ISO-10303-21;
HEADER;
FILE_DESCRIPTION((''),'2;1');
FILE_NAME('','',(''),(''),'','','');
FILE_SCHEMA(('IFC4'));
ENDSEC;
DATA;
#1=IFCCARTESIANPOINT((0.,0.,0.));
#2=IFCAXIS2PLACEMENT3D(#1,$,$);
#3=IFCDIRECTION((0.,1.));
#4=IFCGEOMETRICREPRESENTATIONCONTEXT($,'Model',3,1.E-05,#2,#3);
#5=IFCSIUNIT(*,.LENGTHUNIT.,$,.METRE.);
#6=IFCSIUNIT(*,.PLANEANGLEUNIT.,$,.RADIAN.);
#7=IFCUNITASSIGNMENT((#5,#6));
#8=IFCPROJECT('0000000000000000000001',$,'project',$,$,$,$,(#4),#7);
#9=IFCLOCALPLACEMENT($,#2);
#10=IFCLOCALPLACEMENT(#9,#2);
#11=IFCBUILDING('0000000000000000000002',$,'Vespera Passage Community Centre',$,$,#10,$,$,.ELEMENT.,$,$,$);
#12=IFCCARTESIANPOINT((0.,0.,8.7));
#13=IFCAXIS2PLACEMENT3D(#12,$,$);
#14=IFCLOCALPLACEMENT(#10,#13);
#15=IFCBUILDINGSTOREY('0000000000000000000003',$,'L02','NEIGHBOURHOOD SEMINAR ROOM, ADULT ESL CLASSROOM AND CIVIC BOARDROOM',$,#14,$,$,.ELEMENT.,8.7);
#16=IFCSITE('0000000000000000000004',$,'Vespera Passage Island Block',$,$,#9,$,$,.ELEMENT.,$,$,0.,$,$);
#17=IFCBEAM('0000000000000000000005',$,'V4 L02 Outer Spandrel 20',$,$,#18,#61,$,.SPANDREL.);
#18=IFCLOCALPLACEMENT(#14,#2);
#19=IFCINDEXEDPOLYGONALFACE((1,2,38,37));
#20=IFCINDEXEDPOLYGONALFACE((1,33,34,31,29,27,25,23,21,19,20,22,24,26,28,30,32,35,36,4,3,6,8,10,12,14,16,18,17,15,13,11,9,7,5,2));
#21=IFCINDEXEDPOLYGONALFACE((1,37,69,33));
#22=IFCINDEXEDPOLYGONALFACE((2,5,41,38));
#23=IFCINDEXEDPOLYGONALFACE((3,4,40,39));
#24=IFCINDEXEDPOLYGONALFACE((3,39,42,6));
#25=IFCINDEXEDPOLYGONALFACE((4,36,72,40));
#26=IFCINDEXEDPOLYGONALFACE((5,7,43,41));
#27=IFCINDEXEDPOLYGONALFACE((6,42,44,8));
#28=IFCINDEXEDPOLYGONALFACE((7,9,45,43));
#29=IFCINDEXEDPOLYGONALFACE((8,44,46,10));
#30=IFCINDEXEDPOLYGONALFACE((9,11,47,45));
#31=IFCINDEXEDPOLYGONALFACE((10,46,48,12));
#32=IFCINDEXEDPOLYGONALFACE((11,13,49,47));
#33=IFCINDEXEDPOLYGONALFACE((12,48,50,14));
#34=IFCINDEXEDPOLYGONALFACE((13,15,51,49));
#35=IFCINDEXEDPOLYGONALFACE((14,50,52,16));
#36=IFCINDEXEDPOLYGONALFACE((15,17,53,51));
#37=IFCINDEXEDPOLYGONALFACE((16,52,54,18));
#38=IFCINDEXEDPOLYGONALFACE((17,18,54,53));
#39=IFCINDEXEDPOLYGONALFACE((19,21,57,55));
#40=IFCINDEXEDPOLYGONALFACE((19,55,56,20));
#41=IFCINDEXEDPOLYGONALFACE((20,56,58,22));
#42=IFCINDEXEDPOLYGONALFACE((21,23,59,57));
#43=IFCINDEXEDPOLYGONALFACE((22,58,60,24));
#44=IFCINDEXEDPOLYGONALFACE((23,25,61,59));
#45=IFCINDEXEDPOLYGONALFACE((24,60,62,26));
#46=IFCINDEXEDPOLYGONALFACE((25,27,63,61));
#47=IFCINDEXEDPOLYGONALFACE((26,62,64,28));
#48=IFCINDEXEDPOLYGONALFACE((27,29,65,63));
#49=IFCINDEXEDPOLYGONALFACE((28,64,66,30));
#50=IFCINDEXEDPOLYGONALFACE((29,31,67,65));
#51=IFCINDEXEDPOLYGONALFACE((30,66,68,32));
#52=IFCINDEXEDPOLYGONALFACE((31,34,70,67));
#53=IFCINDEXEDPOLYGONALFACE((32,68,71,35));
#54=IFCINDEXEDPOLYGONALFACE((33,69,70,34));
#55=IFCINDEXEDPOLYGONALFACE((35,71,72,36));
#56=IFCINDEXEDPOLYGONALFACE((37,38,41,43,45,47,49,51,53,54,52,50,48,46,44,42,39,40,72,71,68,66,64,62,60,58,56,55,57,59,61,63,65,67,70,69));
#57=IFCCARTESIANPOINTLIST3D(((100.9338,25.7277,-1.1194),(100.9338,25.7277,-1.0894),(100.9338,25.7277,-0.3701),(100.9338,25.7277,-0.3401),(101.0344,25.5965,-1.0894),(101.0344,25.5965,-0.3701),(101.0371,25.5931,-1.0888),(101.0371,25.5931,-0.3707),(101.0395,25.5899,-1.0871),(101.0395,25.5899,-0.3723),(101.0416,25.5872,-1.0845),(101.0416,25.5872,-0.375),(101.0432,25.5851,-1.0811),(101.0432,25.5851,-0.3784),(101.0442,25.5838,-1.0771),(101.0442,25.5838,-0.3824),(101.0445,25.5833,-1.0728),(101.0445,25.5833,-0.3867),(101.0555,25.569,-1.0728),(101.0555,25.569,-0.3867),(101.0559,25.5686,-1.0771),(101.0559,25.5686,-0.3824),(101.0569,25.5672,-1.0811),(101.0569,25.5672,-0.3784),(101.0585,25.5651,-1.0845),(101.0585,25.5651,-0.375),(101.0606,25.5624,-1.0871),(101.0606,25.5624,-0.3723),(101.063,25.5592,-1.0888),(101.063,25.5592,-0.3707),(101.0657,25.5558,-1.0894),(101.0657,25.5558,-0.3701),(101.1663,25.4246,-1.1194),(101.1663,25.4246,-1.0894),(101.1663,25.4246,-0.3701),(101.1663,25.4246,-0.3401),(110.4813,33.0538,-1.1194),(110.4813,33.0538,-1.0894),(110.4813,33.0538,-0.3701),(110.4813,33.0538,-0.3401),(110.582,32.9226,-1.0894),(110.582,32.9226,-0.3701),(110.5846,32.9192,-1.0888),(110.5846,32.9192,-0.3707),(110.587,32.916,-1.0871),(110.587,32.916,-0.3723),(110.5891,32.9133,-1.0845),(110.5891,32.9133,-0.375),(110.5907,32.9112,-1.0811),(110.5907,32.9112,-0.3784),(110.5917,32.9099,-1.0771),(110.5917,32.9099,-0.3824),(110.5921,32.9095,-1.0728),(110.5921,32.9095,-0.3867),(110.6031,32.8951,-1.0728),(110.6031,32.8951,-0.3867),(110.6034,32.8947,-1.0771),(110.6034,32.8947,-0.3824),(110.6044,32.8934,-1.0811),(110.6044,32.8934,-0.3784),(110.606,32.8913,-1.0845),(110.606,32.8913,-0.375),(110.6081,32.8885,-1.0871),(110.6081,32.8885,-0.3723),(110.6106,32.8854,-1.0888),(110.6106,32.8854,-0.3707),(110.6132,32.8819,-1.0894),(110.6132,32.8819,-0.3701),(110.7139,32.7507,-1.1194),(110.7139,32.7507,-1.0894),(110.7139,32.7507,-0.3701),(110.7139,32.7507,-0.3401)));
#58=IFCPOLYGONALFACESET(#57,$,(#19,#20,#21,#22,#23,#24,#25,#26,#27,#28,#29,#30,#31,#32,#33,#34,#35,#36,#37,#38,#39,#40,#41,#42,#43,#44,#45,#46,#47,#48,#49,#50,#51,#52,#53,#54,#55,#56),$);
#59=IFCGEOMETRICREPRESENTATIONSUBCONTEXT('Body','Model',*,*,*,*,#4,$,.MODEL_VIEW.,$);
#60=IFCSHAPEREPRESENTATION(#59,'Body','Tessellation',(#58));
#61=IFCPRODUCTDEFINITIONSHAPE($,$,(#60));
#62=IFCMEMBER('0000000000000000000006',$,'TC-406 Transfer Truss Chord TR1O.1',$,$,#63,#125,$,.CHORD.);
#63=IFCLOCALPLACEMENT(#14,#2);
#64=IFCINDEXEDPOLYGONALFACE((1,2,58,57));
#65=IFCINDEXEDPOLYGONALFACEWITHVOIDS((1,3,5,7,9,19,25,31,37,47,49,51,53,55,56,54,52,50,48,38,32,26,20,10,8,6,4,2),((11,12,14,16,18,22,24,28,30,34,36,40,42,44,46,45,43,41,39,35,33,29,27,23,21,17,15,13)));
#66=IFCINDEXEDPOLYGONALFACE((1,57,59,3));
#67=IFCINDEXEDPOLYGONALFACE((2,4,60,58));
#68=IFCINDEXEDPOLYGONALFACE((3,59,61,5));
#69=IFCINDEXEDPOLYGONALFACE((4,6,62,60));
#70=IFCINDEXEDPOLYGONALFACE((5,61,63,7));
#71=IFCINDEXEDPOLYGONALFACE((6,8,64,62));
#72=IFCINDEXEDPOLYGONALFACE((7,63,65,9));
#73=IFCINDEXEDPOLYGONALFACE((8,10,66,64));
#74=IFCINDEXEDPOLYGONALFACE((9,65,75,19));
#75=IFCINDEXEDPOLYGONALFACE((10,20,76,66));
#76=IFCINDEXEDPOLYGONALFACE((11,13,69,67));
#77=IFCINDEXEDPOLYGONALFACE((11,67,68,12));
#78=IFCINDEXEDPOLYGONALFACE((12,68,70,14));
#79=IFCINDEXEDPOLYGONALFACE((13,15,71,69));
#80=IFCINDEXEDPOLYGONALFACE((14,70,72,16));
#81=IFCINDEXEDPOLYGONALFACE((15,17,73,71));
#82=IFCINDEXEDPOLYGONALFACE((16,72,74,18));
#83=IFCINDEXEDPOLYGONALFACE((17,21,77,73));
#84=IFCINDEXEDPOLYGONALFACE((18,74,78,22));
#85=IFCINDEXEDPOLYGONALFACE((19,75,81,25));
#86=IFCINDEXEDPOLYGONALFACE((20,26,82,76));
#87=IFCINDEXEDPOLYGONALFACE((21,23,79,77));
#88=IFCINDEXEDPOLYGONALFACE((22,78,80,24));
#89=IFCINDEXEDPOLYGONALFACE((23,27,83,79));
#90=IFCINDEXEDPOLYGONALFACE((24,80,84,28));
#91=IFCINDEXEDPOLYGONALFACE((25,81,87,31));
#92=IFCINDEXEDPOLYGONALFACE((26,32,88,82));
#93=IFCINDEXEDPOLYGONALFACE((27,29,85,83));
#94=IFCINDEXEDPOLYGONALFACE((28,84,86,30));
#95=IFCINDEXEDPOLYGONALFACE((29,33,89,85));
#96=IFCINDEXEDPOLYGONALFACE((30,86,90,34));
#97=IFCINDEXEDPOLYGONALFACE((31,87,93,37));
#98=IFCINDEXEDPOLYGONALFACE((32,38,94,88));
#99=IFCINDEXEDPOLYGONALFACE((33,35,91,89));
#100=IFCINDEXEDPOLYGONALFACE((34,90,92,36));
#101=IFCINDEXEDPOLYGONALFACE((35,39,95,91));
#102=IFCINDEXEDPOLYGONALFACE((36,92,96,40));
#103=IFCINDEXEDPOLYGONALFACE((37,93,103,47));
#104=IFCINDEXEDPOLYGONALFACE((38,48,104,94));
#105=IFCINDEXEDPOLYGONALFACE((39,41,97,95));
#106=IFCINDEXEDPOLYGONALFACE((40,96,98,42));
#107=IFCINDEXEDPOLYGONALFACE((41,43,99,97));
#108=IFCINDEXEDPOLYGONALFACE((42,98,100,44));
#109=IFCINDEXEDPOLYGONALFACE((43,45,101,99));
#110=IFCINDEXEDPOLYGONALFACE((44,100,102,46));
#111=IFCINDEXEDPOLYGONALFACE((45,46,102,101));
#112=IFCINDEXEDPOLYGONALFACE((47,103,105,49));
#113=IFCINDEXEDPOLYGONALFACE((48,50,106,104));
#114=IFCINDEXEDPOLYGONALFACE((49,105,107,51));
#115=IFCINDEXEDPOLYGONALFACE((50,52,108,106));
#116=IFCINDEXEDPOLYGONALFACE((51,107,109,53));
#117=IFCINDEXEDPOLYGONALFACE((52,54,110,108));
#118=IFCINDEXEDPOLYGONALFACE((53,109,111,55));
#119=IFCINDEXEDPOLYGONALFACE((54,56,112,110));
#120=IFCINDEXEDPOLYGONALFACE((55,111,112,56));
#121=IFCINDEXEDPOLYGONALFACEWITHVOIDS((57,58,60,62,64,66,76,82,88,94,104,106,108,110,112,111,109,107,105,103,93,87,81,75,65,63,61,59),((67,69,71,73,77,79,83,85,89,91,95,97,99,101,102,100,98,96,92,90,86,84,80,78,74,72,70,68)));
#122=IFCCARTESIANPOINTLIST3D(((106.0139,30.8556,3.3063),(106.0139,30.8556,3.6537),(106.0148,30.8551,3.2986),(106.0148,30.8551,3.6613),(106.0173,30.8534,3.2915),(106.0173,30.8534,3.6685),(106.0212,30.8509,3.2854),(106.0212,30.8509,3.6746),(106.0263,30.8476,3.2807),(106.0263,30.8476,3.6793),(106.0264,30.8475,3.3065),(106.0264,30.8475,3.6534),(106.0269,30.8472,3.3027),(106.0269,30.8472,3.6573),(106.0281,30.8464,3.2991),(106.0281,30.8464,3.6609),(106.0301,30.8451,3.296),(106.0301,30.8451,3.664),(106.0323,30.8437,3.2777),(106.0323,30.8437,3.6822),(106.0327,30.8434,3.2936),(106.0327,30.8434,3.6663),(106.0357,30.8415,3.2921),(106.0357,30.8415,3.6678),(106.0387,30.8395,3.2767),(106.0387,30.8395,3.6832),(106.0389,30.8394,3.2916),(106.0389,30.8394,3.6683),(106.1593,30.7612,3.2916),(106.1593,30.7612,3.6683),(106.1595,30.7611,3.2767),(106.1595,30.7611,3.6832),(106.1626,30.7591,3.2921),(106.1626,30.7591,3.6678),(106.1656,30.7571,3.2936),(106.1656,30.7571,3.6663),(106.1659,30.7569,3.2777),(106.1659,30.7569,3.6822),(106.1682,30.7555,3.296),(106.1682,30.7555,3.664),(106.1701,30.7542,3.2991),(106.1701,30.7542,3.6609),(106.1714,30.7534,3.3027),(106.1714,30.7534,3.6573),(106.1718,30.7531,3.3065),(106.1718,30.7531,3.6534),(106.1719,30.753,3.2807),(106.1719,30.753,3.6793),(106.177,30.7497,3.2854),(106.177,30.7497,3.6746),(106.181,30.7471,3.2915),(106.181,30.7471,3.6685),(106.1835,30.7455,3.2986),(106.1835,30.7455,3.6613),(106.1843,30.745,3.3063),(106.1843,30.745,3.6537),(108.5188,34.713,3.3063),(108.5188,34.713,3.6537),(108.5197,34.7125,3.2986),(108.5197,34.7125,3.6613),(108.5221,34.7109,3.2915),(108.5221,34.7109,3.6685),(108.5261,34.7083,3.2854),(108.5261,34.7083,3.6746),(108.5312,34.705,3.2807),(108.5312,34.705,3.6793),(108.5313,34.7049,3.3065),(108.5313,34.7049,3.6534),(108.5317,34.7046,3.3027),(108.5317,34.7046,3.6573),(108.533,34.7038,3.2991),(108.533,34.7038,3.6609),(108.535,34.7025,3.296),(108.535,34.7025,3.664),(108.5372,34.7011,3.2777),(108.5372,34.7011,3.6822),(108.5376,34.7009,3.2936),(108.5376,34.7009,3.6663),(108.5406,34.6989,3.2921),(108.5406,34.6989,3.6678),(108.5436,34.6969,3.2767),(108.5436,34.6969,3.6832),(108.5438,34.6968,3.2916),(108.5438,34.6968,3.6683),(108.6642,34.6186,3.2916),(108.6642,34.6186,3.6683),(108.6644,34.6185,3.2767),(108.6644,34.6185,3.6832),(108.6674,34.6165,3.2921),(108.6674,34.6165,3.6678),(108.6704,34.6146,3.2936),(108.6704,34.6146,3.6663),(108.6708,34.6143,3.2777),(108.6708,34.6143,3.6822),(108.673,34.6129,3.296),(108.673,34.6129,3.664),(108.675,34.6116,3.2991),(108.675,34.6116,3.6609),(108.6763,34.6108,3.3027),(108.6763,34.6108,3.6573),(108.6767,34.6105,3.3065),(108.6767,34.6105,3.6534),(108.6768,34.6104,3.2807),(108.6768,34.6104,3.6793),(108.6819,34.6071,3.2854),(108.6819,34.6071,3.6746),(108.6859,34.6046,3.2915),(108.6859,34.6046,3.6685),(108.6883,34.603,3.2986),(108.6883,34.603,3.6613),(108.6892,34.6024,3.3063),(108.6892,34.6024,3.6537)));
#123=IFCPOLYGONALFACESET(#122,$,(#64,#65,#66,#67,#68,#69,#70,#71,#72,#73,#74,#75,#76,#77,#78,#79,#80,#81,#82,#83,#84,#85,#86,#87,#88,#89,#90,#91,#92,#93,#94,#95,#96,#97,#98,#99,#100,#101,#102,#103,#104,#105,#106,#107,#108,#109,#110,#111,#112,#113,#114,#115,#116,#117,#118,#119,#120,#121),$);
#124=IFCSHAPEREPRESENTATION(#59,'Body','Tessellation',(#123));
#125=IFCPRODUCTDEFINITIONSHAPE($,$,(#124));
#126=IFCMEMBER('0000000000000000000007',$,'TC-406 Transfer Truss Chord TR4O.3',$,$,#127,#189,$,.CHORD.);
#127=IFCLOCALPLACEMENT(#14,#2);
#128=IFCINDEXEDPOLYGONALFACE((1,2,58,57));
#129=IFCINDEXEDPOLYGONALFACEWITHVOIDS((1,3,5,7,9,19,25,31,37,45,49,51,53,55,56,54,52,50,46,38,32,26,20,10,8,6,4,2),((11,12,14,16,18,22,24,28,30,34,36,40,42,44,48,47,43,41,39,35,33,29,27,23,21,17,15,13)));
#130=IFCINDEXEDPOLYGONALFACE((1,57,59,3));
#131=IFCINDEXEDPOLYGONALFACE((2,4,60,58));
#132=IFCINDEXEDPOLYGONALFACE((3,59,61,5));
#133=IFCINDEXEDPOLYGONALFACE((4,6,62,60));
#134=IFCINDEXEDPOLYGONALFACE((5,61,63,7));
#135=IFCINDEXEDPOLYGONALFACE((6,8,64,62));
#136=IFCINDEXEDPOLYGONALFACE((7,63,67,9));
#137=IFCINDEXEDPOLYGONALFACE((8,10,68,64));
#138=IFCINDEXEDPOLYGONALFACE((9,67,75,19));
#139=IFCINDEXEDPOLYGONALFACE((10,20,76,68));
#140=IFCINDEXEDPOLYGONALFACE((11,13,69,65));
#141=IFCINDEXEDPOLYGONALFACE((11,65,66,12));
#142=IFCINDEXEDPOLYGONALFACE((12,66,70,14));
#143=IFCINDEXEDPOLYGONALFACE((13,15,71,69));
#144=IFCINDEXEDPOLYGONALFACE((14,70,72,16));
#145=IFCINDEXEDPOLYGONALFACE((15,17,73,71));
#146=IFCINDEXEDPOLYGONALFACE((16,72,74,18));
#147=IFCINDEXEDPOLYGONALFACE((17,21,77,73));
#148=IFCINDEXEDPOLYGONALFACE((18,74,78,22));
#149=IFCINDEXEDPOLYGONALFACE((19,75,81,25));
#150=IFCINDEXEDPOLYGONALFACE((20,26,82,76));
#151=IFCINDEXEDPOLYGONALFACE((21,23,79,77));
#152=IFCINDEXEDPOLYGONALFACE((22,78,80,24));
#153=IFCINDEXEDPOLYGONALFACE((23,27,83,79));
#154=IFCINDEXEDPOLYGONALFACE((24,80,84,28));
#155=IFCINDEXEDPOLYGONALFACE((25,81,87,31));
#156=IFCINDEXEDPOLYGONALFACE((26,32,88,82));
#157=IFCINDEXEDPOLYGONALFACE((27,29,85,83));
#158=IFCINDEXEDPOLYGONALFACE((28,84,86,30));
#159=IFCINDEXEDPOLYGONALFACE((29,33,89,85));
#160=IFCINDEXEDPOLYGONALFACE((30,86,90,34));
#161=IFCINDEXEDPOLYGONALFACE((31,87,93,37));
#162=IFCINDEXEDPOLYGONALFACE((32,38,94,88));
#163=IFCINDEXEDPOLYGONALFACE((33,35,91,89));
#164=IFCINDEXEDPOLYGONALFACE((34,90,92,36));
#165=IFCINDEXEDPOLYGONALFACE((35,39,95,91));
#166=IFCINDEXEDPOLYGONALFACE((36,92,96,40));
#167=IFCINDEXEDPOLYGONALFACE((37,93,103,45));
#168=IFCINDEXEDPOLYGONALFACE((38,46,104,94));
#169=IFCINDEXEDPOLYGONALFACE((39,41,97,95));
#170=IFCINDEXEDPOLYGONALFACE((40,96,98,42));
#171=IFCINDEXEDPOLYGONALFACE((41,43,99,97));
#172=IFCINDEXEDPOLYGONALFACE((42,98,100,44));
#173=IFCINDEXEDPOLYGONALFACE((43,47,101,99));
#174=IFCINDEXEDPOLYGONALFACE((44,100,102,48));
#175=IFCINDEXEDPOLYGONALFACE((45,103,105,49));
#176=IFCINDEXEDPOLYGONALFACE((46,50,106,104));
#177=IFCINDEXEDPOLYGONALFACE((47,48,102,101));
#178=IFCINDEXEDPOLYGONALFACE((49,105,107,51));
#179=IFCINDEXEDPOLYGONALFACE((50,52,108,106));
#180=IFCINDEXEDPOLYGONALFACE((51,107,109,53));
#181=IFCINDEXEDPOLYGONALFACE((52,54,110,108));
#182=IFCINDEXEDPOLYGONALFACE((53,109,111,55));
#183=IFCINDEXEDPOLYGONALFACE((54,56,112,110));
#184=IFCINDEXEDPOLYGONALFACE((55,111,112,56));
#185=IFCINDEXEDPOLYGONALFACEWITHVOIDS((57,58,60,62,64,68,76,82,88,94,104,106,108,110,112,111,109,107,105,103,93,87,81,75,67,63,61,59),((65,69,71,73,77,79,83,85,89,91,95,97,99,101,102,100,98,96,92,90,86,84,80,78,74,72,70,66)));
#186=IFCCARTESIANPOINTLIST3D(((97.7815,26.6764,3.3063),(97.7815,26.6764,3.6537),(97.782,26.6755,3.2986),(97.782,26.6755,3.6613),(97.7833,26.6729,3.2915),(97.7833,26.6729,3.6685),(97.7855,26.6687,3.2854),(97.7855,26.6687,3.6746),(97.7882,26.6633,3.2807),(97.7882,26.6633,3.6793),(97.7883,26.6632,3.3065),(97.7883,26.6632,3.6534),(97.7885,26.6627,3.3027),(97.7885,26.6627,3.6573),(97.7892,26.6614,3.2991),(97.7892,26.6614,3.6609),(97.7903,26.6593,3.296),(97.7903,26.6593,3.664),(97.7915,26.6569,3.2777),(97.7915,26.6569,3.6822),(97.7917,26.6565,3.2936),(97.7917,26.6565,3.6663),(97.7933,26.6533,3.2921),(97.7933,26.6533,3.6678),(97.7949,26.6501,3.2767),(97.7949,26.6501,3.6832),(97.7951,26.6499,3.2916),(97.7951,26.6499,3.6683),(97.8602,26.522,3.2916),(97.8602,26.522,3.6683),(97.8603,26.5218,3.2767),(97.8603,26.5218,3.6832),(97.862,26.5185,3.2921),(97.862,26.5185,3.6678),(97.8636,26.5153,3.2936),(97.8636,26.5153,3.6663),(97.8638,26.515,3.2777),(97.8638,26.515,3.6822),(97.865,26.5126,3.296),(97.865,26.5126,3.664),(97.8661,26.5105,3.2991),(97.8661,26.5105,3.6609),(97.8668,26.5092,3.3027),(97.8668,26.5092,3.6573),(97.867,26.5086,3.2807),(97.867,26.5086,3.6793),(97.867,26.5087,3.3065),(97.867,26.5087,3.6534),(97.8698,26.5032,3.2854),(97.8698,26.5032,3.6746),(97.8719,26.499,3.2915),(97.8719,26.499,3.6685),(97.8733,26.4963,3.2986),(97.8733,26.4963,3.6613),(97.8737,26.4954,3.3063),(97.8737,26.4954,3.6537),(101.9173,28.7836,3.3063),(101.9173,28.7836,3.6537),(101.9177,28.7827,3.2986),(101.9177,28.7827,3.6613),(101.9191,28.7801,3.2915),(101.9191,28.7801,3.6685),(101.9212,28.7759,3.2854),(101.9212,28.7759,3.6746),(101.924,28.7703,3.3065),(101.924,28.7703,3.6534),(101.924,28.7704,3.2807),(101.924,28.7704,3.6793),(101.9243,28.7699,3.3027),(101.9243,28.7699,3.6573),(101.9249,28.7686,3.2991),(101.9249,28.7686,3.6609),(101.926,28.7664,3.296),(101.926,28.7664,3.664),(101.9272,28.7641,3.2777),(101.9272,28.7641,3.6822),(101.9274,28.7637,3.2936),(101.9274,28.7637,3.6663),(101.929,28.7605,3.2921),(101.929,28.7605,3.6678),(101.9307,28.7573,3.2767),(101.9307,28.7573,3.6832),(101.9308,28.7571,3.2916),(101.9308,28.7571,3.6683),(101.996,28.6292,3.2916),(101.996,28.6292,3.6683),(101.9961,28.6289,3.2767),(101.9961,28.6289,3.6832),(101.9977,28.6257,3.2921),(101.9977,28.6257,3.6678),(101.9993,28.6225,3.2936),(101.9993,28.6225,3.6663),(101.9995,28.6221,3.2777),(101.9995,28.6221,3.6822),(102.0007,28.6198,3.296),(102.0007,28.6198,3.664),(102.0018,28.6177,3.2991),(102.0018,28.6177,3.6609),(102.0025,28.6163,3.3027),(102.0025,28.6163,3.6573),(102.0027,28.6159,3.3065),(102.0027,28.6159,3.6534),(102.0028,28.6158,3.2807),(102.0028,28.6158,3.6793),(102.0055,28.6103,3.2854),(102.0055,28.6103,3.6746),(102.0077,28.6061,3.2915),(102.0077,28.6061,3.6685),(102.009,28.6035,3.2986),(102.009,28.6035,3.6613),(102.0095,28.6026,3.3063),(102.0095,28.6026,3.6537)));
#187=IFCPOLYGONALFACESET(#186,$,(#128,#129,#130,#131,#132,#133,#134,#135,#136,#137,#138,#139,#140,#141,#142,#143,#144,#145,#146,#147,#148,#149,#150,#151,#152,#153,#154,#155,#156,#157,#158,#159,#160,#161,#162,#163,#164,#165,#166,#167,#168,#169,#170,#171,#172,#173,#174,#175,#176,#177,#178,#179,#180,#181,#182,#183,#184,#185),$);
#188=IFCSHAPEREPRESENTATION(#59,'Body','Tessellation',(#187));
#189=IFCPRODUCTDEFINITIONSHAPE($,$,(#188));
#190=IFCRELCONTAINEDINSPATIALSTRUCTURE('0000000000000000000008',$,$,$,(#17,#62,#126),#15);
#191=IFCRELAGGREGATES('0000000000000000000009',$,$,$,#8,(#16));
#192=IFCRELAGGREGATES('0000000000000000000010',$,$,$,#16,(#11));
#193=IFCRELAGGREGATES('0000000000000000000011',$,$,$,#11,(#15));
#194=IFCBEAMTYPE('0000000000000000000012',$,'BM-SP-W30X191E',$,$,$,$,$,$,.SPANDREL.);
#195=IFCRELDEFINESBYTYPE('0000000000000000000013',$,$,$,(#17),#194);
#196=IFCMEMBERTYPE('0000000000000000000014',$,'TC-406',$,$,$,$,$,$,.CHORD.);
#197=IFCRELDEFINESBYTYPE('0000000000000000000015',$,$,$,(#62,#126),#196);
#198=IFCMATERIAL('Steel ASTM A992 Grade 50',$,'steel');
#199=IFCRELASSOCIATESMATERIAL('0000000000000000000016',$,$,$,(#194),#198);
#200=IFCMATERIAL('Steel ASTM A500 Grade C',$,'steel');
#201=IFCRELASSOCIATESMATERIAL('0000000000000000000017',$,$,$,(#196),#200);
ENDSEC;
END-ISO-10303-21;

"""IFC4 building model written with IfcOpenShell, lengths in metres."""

from ifc_helpers import new_model, si_unit, direction, frame, origin, origin_2d, place, context, subcontext, project, spatial, hollow_rectangle, i_section, extrude, material, material_profile, profile_set, type_object, element, save


model = new_model("IFC4")

# Units and contexts
model_context = context("Model", 3, precision=1e-05, world=origin(), true_north=direction((0.0, 1.0)))
body_context = subcontext(model_context, "Body", "Model", "MODEL_VIEW")
ifc_project = project(units=[si_unit("LENGTHUNIT", "METRE"), si_unit("PLANEANGLEUNIT", "RADIAN")], contexts=[model_context])

# Site, building, storey
site_placement = place(None, origin())
site = spatial("IfcSite", under=ifc_project, at=site_placement, Name="Vespera Passage Island Block", CompositionType="ELEMENT", RefElevation=0.0)
building_placement = place(site_placement, origin())
building = spatial("IfcBuilding", under=site, at=building_placement, Name="Vespera Passage Community Centre", CompositionType="ELEMENT")
storey_placement = place(building_placement, frame((0.0, 0.0, 8.7)))
storey = spatial("IfcBuildingStorey", under=building, at=storey_placement, Name="L02", Description="NEIGHBOURHOOD SEMINAR ROOM, ADULT ESL CLASSROOM AND CIVIC BOARDROOM", CompositionType="ELEMENT", Elevation=8.7)

# Beam
ifc_material_1 = material(Name="Steel ASTM A992 Grade 50", Category="steel")
ifc_material_profile_1 = material_profile(ifc_material_1, i_section(OverallWidth=0.3821, OverallDepth=0.7793, WebThickness=0.0181, FlangeThickness=0.03, FilletRadius=0.0166, at=origin_2d()), Name="W30X191")
ifc_profile_set_1 = profile_set([ifc_material_profile_1], Name="Steel ASTM A992 Grade 50")
beam_type_1 = type_object("IfcBeamType", Name="BM-SP-W30X191E", PredefinedType="SPANDREL", material=ifc_profile_set_1)
beam_1_placement = place(storey_placement, frame((101.05, 25.5762, -0.7297), z_axis=(0.793352, 0.608763, 0.0), x_axis=(-0.608763, 0.793352, 0.0)))
element("IfcBeam", 1, at=beam_1_placement, inside=storey, type_object=beam_type_1, Name="V4 L02 Outer Spandrel 20", PredefinedType="SPANDREL", context=body_context, shape_type="SweptSolid", body=[
    extrude(i_section(OverallWidth=0.3821, OverallDepth=0.7793, WebThickness=0.0181, FlangeThickness=0.03, FilletRadius=0.0166, at=origin_2d()), origin(), (0.0, 0.0, 1.0), 12.0344),
])

# Members
ifc_material_2 = material(Name="Steel ASTM A500 Grade C", Category="steel")
ifc_material_profile_2 = material_profile(ifc_material_2, hollow_rectangle(XDim=0.2031, YDim=0.4065, WallThickness=0.0149, InnerFilletRadius=0.0149, OuterFilletRadius=0.0295, at=origin_2d()), Name="HSS406X203X15.9")
ifc_profile_set_2 = profile_set([ifc_material_profile_2], Name="Steel ASTM A500 Grade C")
member_type_1 = type_object("IfcMemberType", Name="TC-406", PredefinedType="CHORD", material=ifc_profile_set_2)
member_1_placement = place(storey_placement, frame((106.0991, 30.8003, 3.48), z_axis=(0.544615, 0.838686, 0.0), x_axis=(-0.838686, 0.544615, 0.0)))
element("IfcMember", 2, at=member_1_placement, inside=storey, type_object=member_type_1, Name="TC-406 Transfer Truss Chord TR1O.1", PredefinedType="CHORD", context=body_context, shape_type="SweptSolid", body=[
    extrude(hollow_rectangle(XDim=0.2031, YDim=0.4065, WallThickness=0.0149, InnerFilletRadius=0.0149, OuterFilletRadius=0.0295, at=origin_2d()), origin(), (0.0, 0.0, 1.0), 4.5994),
])
for number, where, z_axis, x_axis, name in (
    (3, (97.8276, 26.5859, 3.48), (0.891014, 0.453975, 0.0), (-0.453975, 0.891014, 0.0), "TC-406 Transfer Truss Chord TR4O.3"),
):
    element("IfcMember", number, at=place(storey_placement, frame(where, z_axis=z_axis, x_axis=x_axis)), inside=storey, type_object=member_type_1, Name=name, PredefinedType="CHORD", context=body_context, shape_type="SweptSolid", body=[
        extrude(hollow_rectangle(XDim=0.2031, YDim=0.4065, WallThickness=0.0149, InnerFilletRadius=0.0149, OuterFilletRadius=0.0295, at=origin_2d()), origin(), (0.0, 0.0, 1.0), 4.6416),
    ])

save(model, "model.ifc")
